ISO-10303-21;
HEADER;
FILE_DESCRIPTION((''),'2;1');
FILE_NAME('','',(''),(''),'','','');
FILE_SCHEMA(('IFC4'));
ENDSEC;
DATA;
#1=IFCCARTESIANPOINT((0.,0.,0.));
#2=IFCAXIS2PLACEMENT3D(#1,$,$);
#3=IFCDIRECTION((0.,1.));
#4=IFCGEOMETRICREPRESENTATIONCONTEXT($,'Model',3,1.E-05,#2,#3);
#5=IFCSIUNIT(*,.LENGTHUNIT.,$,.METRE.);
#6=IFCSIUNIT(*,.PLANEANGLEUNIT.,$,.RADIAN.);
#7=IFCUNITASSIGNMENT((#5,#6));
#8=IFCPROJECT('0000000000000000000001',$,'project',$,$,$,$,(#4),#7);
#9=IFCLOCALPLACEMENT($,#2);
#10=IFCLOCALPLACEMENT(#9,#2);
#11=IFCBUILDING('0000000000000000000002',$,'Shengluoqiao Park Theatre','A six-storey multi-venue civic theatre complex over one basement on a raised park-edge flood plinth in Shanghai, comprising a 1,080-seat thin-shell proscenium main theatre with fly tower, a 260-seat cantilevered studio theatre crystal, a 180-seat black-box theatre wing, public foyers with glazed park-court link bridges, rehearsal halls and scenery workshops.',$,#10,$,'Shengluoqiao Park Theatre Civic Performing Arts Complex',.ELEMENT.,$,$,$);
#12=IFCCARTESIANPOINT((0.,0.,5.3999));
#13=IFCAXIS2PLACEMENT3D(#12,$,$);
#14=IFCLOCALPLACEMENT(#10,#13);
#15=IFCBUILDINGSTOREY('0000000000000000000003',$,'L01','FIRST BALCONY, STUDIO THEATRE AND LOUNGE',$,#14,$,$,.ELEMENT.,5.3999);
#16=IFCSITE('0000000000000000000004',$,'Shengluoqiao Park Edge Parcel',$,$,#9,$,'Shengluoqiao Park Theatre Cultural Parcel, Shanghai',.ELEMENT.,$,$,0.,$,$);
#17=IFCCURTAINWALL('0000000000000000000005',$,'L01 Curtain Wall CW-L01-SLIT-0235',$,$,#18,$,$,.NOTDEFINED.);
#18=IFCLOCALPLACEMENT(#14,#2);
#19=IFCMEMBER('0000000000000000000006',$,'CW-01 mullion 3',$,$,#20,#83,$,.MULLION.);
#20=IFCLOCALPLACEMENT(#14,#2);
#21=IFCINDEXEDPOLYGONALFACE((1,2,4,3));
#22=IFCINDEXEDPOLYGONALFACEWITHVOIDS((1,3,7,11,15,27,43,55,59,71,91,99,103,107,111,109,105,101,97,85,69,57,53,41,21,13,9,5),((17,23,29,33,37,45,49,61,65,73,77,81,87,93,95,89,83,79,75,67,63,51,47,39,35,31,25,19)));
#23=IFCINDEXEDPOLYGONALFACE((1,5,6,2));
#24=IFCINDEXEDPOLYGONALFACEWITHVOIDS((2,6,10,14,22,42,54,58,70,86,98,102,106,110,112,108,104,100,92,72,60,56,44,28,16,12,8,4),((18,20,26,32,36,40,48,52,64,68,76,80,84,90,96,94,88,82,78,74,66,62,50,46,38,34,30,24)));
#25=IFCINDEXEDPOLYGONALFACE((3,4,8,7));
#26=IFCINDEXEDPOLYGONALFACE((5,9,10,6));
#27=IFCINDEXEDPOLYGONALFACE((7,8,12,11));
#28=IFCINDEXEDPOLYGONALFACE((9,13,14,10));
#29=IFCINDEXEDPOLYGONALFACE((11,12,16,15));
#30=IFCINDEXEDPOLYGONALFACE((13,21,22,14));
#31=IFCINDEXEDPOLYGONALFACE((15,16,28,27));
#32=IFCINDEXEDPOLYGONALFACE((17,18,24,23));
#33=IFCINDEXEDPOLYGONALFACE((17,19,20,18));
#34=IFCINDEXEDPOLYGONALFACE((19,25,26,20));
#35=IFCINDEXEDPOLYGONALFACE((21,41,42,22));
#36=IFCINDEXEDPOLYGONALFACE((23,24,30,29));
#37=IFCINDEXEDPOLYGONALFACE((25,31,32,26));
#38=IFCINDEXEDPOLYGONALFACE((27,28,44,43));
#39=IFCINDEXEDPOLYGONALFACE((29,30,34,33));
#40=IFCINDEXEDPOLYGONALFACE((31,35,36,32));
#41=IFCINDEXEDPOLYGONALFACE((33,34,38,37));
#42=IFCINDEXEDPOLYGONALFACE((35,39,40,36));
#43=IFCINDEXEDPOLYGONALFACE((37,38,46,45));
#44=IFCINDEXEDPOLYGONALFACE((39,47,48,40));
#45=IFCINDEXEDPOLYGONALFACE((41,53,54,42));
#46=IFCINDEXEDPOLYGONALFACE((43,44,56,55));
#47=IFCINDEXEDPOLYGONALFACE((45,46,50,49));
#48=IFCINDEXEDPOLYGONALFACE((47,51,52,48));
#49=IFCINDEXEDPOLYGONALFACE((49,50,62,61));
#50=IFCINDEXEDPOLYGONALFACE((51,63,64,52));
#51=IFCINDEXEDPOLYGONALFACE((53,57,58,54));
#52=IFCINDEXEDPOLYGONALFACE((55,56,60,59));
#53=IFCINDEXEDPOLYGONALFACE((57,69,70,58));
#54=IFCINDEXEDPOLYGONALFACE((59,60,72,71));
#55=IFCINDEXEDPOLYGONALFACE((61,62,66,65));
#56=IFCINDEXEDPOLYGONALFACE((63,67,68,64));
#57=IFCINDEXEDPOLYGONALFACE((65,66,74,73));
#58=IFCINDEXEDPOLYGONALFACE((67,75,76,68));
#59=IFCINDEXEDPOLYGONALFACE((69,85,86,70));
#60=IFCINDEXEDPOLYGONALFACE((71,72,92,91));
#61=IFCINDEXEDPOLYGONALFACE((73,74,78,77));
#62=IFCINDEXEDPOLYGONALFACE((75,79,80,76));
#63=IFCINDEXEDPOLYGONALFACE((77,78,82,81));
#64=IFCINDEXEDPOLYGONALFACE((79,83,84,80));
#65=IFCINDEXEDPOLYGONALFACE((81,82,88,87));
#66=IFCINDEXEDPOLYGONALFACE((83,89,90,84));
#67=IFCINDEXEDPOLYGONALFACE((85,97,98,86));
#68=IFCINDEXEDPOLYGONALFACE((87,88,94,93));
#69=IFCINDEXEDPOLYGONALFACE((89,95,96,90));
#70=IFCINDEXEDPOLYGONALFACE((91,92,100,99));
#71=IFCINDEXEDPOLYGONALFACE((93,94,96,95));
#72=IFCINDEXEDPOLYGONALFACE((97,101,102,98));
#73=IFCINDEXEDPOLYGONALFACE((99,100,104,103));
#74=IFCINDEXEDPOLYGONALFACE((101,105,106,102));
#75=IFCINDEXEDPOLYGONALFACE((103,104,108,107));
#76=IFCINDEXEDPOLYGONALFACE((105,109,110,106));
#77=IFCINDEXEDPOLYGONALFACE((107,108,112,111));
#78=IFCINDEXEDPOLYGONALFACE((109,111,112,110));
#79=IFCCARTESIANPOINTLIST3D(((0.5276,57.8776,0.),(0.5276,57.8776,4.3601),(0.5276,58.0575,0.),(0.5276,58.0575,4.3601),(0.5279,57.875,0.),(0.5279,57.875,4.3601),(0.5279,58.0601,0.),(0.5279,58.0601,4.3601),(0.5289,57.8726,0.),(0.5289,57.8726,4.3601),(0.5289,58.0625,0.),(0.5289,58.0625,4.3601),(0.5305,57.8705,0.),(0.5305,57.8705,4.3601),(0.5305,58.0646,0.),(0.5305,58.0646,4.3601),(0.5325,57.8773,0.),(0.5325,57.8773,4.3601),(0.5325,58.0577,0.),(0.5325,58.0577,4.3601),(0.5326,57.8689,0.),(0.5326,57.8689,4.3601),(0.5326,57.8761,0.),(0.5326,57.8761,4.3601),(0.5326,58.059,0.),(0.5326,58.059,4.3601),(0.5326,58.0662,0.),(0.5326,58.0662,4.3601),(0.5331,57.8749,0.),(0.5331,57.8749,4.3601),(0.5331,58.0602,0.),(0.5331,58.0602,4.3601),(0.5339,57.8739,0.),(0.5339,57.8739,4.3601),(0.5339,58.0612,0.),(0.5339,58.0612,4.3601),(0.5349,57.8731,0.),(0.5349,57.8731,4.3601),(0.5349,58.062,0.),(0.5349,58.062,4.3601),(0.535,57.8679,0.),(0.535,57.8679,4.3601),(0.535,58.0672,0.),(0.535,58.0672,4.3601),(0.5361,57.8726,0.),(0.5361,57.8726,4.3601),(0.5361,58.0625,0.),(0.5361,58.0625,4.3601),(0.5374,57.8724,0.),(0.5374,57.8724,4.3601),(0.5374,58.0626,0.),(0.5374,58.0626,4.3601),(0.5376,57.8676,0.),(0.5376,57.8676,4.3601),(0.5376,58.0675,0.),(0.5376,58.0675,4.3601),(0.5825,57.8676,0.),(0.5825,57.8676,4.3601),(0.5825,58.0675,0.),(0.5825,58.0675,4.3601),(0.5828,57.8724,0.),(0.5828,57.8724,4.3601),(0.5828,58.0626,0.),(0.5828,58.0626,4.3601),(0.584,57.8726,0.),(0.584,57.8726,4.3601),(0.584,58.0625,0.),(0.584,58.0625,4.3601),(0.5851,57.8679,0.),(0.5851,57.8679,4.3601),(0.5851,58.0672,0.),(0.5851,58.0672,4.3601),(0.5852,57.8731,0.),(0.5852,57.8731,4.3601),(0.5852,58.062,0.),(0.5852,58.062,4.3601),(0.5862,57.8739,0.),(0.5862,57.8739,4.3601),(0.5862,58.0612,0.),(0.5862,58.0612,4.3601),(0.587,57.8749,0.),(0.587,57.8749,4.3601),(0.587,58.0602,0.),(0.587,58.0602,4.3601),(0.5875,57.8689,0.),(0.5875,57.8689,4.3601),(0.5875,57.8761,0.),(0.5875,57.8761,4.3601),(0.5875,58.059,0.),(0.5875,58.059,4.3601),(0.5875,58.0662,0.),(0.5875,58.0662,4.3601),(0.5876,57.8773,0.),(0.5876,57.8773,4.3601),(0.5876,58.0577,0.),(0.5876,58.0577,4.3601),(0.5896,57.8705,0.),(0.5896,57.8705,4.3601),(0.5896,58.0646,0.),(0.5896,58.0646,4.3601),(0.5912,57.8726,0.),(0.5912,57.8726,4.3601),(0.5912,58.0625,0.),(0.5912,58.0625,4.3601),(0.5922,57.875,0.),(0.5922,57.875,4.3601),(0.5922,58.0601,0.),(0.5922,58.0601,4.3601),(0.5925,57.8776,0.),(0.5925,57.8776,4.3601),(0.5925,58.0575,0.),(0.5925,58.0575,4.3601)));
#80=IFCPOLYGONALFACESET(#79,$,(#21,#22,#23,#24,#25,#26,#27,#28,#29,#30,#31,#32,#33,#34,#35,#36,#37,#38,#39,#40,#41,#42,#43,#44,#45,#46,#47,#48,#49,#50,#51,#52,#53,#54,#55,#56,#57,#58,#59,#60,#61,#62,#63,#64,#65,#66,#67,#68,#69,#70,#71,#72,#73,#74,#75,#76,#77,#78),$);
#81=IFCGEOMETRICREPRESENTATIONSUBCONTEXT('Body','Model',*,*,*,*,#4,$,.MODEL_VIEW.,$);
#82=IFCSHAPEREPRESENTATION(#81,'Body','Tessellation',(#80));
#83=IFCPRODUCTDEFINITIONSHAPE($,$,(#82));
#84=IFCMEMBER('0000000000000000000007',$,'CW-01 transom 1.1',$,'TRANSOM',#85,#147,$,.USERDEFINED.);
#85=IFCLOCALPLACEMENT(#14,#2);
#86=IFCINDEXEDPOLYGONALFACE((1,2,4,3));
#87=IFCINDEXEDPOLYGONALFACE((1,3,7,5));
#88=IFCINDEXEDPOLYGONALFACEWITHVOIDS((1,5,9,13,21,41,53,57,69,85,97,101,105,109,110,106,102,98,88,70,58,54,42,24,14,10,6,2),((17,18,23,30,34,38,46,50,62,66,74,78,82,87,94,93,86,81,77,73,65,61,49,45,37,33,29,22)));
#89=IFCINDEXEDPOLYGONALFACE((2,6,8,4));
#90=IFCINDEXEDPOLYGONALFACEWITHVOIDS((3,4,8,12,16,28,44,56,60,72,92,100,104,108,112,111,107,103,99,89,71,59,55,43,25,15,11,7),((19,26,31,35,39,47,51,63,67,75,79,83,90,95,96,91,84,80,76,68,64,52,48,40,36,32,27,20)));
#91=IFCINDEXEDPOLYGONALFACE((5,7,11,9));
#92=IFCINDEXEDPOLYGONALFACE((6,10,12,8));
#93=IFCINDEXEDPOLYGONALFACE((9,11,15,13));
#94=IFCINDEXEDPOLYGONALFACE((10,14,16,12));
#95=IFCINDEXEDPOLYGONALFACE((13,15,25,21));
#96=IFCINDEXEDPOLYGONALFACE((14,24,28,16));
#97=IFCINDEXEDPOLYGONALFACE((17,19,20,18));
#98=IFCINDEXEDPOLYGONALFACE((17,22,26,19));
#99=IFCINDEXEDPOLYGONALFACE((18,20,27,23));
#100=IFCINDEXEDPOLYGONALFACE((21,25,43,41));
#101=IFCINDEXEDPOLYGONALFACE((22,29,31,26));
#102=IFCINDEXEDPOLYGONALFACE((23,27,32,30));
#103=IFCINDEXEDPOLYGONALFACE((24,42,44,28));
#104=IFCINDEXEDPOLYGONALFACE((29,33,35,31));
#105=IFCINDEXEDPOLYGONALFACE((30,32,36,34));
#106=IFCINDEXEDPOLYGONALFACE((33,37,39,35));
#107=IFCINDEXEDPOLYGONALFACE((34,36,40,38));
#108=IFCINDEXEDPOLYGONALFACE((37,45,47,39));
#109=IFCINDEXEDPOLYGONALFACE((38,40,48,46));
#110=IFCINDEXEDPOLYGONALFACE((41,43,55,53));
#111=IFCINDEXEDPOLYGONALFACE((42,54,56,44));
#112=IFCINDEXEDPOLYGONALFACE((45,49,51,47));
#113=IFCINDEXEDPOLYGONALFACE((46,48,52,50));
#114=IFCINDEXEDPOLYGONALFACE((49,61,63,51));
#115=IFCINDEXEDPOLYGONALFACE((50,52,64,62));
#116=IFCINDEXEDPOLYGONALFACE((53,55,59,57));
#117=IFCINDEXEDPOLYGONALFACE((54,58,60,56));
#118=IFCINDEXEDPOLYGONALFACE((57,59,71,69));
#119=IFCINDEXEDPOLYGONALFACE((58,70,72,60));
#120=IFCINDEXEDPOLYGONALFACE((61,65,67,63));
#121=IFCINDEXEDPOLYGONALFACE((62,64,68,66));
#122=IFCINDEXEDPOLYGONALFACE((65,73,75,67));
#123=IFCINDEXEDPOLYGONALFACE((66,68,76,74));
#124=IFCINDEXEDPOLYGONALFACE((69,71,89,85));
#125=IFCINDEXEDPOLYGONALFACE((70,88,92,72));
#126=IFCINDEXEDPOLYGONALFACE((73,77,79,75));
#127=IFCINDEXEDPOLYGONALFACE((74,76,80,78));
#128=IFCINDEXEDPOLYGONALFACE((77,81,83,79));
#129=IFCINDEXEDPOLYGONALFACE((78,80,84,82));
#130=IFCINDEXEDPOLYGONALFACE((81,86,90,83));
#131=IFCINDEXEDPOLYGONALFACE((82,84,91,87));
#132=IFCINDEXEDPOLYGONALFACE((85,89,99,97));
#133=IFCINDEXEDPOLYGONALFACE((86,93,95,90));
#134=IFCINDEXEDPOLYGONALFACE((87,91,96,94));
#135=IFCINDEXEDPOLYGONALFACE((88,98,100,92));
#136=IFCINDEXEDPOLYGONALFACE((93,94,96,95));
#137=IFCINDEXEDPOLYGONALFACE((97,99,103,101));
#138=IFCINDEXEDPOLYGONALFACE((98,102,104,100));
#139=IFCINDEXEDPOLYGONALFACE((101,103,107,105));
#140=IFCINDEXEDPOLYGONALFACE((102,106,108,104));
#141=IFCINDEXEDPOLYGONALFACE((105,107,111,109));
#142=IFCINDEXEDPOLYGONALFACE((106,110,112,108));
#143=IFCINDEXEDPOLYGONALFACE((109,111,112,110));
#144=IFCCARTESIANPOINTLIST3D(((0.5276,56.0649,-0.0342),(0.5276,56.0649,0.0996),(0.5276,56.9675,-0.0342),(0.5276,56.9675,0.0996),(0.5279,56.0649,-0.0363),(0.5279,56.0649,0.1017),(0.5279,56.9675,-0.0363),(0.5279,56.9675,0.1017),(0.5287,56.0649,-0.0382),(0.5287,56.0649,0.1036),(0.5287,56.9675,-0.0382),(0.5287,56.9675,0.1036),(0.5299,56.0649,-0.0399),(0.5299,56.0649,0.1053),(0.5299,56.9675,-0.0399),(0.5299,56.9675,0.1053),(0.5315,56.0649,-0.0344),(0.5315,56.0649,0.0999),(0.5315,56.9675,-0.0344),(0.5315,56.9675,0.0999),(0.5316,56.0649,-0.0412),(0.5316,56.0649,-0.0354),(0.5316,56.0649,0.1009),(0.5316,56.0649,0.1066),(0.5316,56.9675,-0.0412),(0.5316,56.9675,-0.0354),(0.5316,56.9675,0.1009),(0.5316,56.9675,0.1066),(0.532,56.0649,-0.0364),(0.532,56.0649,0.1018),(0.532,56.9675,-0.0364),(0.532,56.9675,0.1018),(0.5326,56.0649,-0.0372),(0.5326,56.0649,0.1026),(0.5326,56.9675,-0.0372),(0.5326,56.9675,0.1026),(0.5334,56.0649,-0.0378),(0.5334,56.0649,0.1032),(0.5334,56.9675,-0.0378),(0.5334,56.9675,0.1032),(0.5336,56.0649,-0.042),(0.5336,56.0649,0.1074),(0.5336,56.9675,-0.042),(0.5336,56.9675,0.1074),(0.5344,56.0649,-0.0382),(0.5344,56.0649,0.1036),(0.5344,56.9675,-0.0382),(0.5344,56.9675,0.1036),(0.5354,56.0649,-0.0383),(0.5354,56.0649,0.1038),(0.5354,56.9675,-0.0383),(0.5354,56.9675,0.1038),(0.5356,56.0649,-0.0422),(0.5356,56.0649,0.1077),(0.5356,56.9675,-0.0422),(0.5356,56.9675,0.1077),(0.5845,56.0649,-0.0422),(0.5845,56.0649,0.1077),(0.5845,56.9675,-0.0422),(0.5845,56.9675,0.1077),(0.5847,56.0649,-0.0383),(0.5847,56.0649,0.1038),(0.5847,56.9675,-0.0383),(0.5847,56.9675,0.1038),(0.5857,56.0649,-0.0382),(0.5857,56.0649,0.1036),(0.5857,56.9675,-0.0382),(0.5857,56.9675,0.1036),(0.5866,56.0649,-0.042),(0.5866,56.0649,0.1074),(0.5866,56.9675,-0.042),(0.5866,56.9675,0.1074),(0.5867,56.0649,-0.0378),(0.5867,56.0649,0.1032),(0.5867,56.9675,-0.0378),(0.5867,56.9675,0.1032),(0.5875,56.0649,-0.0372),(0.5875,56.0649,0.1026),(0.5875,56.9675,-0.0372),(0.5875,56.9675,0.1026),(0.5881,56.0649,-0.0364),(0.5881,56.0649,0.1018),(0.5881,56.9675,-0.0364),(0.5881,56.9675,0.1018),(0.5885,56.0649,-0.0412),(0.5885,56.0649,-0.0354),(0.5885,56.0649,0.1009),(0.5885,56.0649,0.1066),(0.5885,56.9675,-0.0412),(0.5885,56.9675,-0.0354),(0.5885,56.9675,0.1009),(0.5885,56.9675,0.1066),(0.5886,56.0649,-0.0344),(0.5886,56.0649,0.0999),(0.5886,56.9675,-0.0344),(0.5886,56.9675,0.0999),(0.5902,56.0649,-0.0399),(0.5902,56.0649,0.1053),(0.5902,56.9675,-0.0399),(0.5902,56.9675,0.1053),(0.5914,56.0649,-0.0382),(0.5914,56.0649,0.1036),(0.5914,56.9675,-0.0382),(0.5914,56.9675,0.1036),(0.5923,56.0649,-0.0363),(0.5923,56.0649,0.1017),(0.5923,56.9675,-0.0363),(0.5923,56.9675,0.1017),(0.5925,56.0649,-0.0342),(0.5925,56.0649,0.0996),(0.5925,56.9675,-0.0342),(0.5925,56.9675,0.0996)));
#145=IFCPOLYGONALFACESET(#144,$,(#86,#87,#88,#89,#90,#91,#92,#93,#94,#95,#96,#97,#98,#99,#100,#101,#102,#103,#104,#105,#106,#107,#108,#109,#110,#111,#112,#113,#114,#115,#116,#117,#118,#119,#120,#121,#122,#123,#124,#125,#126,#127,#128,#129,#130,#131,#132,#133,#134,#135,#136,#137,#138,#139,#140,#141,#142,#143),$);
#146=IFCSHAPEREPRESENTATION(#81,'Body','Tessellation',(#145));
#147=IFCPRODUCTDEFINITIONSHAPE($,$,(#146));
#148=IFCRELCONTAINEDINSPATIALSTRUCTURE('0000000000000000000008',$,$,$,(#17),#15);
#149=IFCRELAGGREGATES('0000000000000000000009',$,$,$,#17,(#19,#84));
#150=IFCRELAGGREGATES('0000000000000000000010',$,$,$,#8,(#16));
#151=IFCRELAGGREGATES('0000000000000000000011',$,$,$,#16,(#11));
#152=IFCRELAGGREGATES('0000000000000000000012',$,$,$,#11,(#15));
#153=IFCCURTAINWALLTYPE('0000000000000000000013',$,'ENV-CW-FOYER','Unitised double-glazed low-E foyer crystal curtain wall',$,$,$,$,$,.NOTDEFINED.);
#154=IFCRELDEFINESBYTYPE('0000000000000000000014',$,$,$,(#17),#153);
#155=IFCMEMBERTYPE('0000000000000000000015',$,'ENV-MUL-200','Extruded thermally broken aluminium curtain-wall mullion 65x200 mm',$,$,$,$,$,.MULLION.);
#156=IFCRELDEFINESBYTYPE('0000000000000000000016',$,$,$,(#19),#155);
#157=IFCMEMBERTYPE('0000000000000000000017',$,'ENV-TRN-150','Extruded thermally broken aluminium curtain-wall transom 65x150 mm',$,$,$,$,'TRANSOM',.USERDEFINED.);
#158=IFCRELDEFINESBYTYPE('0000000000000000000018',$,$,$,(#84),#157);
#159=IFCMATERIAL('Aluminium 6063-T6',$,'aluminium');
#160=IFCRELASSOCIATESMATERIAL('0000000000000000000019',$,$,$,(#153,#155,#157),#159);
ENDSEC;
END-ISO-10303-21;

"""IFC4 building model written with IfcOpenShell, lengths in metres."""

from ifc_helpers import new_model, si_unit, direction, frame, origin, origin_2d, place, context, subcontext, project, spatial, hollow_rectangle, extrude, material, material_profile, profile_set, type_object, element, aggregate, save


model = new_model("IFC4")

# Units and contexts
model_context = context("Model", 3, precision=1e-05, world=origin(), true_north=direction((0.0, 1.0)))
body_context = subcontext(model_context, "Body", "Model", "MODEL_VIEW")
ifc_project = project(units=[si_unit("LENGTHUNIT", "METRE"), si_unit("PLANEANGLEUNIT", "RADIAN")], contexts=[model_context])

# Site, building, storey
site_placement = place(None, origin())
site = spatial("IfcSite", under=ifc_project, at=site_placement, Name="Shengluoqiao Park Edge Parcel", LongName="Shengluoqiao Park Theatre Cultural Parcel, Shanghai", CompositionType="ELEMENT", RefElevation=0.0)
building_placement = place(site_placement, origin())
building = spatial("IfcBuilding", under=site, at=building_placement, Name="Shengluoqiao Park Theatre", Description="A six-storey multi-venue civic theatre complex over one basement on a raised park-edge flood plinth in Shanghai, comprising a 1,080-seat thin-shell proscenium main theatre with fly tower, a 260-seat cantilevered studio theatre crystal, a 180-seat black-box theatre wing, public foyers with glazed park-court link bridges, rehearsal halls and scenery workshops.", LongName="Shengluoqiao Park Theatre Civic Performing Arts Complex", CompositionType="ELEMENT")
storey_placement = place(building_placement, frame((0.0, 0.0, 5.3999)))
storey = spatial("IfcBuildingStorey", under=building, at=storey_placement, Name="L01", Description="FIRST BALCONY, STUDIO THEATRE AND LOUNGE", CompositionType="ELEMENT", Elevation=5.3999)

# Curtain wall, members
ifc_material_1 = material(Name="Aluminium 6063-T6", Category="aluminium")
curtain_wall_type = type_object("IfcCurtainWallType", Name="ENV-CW-FOYER", Description="Unitised double-glazed low-E foyer crystal curtain wall", PredefinedType="NOTDEFINED", material=ifc_material_1)
curtain_wall_placement = place(storey_placement, origin())
curtain_wall = element("IfcCurtainWall", 1, at=curtain_wall_placement, inside=storey, type_object=curtain_wall_type, Name="L01 Curtain Wall CW-L01-SLIT-0235", PredefinedType="NOTDEFINED")
ifc_material_profile_1 = material_profile(ifc_material_1, hollow_rectangle(XDim=0.0649, YDim=0.2, WallThickness=0.0049, InnerFilletRadius=0.0049, OuterFilletRadius=0.01, at=origin_2d()), Name="ALU MULLION 200x65x5")
ifc_profile_set_1 = profile_set([ifc_material_profile_1], Name="Aluminium 6063-T6")
member_type_1 = type_object("IfcMemberType", Name="ENV-MUL-200", Description="Extruded thermally broken aluminium curtain-wall mullion 65x200 mm", PredefinedType="MULLION", material=ifc_profile_set_1)
member_1_placement = place(storey_placement, frame((0.5601, 57.9675, 0.0), z_axis=(0.0, 0.0, 1.0), x_axis=(-1.0, 0.0, 0.0)))
member_1 = element("IfcMember", 2, at=member_1_placement, type_object=member_type_1, Name="CW-01 mullion 3", PredefinedType="MULLION", context=body_context, shape_type="SweptSolid", body=[
    extrude(hollow_rectangle(XDim=0.0649, YDim=0.2, WallThickness=0.0049, InnerFilletRadius=0.0049, OuterFilletRadius=0.01, at=origin_2d()), origin(), (0.0, 0.0, 1.0), 4.3601),
])
ifc_material_profile_2 = material_profile(ifc_material_1, hollow_rectangle(XDim=0.0649, YDim=0.1499, WallThickness=0.0039, InnerFilletRadius=0.0039, OuterFilletRadius=0.0081, at=origin_2d()), Name="ALU TRANSOM 150x65x4")
ifc_profile_set_2 = profile_set([ifc_material_profile_2], Name="Aluminium 6063-T6")
member_type_2 = type_object("IfcMemberType", Name="ENV-TRN-150", Description="Extruded thermally broken aluminium curtain-wall transom 65x150 mm", ElementType="TRANSOM", PredefinedType="USERDEFINED", material=ifc_profile_set_2)
member_2_placement = place(storey_placement, frame((0.5601, 56.0649, 0.0327), z_axis=(0.0, 1.0, 0.0), x_axis=(-1.0, 0.0, 0.0)))
member_2 = element("IfcMember", 3, at=member_2_placement, type_object=member_type_2, Name="CW-01 transom 1.1", ObjectType="TRANSOM", PredefinedType="USERDEFINED", context=body_context, shape_type="SweptSolid", body=[
    extrude(hollow_rectangle(XDim=0.0649, YDim=0.1499, WallThickness=0.0039, InnerFilletRadius=0.0039, OuterFilletRadius=0.0081, at=origin_2d()), origin(), (0.0, 0.0, 1.0), 0.9026),
])

aggregate(curtain_wall, [member_1, member_2])

save(model, "model.ifc")
